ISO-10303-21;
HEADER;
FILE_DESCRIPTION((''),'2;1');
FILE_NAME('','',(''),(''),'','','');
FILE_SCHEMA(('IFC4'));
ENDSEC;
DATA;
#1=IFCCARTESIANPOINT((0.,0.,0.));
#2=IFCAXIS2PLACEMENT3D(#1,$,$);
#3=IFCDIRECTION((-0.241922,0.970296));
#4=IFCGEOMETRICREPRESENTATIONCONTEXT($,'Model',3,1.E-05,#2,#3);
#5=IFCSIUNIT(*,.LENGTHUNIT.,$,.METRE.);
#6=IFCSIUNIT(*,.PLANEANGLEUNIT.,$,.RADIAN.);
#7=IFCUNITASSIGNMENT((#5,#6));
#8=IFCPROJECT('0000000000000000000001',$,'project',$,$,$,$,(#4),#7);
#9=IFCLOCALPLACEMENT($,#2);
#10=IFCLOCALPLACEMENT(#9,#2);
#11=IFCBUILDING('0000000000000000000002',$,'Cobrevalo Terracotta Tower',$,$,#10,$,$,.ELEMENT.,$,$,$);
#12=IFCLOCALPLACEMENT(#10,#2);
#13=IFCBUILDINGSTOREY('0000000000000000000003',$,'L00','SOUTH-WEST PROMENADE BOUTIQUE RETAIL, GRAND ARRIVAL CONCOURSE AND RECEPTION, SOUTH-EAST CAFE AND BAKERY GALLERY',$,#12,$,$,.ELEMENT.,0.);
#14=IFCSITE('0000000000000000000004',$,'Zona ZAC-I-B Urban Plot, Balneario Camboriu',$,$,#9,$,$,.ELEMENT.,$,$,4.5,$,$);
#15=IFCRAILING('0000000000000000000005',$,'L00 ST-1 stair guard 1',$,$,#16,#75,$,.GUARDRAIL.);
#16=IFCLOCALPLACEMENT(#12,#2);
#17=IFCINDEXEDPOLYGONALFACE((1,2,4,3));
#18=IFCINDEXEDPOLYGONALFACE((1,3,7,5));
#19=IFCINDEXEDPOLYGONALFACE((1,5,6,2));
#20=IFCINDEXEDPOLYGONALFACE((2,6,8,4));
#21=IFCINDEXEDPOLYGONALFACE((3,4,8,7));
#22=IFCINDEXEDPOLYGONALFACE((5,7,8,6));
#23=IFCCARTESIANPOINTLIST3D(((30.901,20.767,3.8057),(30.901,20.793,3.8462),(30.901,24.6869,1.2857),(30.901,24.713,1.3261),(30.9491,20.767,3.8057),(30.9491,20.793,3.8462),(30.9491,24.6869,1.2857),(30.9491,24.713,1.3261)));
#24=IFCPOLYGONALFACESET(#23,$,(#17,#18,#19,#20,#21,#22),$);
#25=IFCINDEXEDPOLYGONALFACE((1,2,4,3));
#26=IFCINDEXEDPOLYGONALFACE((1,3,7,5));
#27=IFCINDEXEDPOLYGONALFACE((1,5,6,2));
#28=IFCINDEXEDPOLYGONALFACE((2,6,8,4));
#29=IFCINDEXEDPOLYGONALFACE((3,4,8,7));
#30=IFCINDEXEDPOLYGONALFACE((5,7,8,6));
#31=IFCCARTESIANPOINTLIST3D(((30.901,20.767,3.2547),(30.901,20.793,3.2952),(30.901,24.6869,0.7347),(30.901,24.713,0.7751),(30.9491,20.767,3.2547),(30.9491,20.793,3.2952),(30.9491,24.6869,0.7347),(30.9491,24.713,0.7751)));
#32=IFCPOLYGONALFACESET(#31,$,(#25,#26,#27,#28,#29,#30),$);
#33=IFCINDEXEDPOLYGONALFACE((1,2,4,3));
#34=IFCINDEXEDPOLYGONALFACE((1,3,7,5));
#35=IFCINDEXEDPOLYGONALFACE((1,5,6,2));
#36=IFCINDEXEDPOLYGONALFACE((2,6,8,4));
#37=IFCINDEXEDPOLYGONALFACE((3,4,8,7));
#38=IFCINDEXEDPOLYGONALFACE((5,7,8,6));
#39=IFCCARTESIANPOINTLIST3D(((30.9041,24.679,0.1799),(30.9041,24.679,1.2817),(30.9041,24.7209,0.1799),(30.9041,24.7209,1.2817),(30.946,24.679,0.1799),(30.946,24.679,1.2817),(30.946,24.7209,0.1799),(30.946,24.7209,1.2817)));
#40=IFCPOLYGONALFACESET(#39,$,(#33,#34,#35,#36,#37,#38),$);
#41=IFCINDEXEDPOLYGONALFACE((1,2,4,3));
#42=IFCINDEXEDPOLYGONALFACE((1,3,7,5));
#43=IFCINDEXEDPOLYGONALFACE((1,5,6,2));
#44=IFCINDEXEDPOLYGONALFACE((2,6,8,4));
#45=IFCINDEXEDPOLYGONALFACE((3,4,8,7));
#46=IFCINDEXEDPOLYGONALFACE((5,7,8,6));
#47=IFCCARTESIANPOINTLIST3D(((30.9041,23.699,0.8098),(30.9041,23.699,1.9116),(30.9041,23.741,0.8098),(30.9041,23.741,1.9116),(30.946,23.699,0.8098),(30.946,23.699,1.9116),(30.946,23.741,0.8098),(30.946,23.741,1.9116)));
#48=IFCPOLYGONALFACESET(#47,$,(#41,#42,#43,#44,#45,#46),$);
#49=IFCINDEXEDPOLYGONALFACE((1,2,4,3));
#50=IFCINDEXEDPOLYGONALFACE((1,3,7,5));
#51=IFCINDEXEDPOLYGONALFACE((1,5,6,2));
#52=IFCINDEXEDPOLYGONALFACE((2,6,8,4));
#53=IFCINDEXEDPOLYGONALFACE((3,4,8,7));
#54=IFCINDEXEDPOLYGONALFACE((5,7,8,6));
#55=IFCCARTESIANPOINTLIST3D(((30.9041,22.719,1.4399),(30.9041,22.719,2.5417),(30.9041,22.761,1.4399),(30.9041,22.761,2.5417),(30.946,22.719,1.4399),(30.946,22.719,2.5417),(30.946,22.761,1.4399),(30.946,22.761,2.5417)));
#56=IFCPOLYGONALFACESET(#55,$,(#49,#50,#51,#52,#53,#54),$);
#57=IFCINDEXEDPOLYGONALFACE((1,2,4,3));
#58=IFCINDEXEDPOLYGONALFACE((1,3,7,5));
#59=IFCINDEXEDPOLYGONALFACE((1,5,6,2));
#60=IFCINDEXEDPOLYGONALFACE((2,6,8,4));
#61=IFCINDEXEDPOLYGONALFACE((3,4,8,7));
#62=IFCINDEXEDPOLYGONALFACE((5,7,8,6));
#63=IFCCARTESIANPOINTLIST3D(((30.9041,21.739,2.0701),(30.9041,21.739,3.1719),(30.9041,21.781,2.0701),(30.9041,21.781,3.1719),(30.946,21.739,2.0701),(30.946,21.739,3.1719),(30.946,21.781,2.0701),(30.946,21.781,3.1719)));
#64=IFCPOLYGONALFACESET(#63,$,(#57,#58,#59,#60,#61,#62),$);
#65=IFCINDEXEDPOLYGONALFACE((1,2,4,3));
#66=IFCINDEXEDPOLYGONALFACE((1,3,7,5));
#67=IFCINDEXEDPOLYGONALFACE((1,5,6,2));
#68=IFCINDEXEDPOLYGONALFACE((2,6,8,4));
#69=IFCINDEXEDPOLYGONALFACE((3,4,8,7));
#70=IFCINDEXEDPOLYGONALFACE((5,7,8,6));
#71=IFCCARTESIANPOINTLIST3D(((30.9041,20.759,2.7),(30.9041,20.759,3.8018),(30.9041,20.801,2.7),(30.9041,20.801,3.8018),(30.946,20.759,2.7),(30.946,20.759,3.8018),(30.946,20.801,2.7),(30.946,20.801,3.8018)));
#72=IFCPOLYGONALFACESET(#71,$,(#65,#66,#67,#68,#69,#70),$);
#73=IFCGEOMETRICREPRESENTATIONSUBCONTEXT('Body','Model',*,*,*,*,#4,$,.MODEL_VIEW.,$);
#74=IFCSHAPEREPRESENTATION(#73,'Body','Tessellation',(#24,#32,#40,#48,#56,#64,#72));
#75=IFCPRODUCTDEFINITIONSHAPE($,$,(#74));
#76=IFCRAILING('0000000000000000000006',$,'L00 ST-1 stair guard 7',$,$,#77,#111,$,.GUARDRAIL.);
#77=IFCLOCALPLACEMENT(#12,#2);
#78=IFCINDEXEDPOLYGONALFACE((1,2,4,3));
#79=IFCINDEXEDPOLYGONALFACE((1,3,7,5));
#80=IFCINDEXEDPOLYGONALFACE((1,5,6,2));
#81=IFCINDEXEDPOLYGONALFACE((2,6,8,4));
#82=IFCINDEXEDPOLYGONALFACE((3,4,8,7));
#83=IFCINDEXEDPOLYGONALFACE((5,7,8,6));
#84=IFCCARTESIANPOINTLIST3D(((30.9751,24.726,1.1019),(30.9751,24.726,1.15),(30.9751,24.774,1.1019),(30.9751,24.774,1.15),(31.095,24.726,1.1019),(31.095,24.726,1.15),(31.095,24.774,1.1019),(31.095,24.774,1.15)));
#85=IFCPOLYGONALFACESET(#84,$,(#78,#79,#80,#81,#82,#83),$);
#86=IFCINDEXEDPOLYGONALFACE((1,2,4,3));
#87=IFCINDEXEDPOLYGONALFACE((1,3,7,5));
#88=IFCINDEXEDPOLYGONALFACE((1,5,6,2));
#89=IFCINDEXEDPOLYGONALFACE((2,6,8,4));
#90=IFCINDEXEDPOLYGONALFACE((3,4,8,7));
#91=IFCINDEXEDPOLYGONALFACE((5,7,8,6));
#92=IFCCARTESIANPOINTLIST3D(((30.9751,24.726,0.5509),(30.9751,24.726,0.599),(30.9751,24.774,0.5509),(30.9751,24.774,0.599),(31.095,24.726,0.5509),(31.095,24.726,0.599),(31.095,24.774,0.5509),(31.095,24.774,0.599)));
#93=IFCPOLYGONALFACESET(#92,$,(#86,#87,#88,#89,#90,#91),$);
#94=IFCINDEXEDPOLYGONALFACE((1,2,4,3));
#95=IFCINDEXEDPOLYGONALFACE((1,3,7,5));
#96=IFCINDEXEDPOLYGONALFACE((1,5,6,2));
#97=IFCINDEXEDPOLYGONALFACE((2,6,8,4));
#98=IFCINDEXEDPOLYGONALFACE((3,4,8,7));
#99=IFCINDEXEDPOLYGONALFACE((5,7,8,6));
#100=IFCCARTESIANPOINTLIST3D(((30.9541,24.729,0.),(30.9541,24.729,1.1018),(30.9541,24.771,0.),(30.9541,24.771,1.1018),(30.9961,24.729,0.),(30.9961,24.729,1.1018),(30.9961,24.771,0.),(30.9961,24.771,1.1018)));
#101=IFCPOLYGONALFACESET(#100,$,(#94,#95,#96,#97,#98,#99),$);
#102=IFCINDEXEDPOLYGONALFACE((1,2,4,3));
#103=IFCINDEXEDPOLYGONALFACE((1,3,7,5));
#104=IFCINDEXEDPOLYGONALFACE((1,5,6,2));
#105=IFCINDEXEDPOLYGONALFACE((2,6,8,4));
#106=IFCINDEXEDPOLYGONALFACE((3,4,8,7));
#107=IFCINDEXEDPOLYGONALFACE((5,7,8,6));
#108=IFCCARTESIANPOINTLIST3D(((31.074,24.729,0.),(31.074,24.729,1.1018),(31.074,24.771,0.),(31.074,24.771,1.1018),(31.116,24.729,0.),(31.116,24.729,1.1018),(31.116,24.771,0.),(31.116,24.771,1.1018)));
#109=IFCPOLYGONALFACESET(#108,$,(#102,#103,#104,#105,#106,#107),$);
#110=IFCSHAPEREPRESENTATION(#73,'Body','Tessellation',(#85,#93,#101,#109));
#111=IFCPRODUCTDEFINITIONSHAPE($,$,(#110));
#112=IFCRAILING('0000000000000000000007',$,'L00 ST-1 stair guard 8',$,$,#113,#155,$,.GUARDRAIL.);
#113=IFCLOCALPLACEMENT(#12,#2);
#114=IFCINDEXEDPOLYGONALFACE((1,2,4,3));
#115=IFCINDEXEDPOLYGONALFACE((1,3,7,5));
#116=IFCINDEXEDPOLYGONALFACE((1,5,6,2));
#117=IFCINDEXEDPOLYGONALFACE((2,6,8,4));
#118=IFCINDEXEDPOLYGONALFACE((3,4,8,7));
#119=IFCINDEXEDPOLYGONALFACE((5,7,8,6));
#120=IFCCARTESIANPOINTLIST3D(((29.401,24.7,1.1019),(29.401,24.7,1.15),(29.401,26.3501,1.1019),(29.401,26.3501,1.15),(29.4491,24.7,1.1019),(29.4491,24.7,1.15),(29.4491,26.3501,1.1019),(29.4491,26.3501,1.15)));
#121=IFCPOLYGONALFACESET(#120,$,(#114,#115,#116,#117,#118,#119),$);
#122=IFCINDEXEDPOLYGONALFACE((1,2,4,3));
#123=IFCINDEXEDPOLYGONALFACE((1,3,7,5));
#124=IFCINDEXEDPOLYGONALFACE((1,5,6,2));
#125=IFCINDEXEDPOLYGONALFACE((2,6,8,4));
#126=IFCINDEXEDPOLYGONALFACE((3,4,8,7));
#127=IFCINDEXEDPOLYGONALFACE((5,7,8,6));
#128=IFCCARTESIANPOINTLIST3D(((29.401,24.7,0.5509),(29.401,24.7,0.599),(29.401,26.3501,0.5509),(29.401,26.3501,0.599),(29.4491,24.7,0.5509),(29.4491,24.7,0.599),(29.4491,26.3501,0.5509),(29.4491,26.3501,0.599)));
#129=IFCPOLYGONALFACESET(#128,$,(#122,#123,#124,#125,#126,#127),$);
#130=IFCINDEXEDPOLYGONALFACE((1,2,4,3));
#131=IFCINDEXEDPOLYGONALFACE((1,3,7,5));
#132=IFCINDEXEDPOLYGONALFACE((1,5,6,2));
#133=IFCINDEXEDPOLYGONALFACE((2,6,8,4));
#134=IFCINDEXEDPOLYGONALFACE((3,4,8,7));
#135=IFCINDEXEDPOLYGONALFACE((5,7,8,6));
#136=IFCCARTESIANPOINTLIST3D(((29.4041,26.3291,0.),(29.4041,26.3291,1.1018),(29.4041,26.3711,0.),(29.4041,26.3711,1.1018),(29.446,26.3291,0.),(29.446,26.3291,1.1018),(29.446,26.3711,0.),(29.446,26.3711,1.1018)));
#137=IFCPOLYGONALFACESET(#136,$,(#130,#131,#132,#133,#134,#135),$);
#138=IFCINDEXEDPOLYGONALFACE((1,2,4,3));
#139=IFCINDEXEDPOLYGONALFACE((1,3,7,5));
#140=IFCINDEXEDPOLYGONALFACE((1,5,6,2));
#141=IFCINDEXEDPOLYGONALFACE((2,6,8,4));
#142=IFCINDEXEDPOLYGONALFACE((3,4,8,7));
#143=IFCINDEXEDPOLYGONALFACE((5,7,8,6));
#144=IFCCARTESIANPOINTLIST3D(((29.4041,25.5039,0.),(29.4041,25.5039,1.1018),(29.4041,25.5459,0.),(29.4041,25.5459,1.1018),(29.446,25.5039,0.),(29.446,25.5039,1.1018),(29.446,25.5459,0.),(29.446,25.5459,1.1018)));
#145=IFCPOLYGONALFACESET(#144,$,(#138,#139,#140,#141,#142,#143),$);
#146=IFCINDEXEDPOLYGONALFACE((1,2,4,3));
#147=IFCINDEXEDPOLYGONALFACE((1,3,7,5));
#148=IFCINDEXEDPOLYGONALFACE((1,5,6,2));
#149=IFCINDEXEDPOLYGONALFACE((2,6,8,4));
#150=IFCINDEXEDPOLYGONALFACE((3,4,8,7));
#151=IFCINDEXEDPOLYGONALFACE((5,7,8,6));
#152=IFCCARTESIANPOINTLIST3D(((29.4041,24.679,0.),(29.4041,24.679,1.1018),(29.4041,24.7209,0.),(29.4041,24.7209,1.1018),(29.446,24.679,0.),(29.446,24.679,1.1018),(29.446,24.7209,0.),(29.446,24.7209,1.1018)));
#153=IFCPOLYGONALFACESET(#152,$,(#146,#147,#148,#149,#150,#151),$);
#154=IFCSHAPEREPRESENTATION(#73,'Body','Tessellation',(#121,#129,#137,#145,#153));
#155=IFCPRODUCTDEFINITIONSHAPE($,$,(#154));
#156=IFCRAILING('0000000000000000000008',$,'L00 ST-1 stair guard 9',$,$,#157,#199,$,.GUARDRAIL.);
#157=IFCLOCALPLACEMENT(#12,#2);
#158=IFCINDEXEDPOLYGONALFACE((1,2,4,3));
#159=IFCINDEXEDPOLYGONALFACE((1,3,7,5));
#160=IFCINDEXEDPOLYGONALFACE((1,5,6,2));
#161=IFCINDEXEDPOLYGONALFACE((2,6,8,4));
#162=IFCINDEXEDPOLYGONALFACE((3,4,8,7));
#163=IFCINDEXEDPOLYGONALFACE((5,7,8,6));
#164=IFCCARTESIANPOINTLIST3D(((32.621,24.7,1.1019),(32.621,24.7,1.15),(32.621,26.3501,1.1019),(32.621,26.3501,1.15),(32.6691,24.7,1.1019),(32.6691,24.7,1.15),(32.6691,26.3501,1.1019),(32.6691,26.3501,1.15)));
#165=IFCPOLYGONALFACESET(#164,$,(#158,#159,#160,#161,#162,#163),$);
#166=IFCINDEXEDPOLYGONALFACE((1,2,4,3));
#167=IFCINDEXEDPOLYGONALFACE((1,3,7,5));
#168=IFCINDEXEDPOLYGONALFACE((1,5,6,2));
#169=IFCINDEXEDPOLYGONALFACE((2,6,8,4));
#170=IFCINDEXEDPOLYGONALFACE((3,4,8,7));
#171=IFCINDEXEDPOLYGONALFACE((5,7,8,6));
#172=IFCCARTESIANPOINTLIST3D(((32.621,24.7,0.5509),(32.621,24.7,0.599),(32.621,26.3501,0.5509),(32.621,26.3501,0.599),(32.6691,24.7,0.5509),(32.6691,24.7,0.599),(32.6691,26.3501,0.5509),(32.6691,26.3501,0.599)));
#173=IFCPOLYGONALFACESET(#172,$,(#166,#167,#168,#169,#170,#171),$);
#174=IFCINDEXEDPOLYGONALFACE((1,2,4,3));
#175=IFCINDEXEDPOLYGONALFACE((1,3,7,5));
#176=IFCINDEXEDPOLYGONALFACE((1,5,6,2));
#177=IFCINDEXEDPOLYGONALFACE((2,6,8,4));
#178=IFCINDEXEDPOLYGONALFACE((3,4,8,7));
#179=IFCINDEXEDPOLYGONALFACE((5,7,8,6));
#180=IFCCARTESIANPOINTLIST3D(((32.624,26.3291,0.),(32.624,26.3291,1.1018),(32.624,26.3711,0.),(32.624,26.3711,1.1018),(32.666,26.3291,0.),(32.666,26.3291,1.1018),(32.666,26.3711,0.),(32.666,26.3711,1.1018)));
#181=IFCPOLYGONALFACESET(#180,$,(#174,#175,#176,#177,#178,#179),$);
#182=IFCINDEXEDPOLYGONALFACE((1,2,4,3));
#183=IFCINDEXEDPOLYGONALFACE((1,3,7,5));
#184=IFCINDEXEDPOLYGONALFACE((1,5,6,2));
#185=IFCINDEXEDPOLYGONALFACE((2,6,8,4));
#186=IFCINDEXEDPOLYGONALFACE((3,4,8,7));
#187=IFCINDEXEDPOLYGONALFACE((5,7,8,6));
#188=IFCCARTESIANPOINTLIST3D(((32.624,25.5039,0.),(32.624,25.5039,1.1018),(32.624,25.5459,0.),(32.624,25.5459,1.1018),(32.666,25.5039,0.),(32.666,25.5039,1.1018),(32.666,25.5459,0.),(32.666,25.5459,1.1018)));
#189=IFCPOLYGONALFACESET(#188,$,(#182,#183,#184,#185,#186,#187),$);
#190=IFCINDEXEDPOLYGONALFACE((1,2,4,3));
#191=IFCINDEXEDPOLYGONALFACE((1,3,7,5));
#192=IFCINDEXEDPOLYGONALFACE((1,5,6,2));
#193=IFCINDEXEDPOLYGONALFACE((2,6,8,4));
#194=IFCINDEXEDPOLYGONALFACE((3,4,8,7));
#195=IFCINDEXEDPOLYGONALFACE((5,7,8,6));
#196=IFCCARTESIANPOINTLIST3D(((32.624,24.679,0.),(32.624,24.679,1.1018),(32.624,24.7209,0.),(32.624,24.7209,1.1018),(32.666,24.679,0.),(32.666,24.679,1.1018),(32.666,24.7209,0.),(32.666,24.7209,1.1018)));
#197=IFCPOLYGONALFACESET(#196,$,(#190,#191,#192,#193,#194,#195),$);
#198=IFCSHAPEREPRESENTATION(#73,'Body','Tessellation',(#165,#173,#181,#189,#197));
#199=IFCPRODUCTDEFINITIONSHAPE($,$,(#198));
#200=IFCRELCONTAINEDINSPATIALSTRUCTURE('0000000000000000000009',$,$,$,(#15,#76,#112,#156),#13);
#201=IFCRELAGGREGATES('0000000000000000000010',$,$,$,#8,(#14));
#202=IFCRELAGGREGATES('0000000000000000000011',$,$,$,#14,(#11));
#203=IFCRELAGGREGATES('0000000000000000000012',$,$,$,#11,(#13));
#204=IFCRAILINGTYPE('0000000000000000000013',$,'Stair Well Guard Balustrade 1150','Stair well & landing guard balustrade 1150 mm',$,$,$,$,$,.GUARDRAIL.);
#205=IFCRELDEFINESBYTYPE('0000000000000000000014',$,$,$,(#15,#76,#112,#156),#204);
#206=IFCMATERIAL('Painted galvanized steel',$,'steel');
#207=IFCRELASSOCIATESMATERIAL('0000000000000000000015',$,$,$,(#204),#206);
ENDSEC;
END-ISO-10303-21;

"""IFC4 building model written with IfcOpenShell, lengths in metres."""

from ifc_helpers import new_model, si_unit, direction, frame, origin, origin_2d, place, context, subcontext, project, spatial, rectangle, extrude, material, type_object, element, save


model = new_model("IFC4")

# Units and contexts
model_context = context("Model", 3, precision=1e-05, world=origin(), true_north=direction((-0.241922, 0.970296)))
body_context = subcontext(model_context, "Body", "Model", "MODEL_VIEW")
ifc_project = project(units=[si_unit("LENGTHUNIT", "METRE"), si_unit("PLANEANGLEUNIT", "RADIAN")], contexts=[model_context])

# Site, building, storey
site_placement = place(None, origin())
site = spatial("IfcSite", under=ifc_project, at=site_placement, Name="Zona ZAC-I-B Urban Plot, Balneario Camboriu", CompositionType="ELEMENT", RefElevation=4.5)
building_placement = place(site_placement, origin())
building = spatial("IfcBuilding", under=site, at=building_placement, Name="Cobrevalo Terracotta Tower", CompositionType="ELEMENT")
storey_placement = place(building_placement, origin())
storey = spatial("IfcBuildingStorey", under=building, at=storey_placement, Name="L00", Description="SOUTH-WEST PROMENADE BOUTIQUE RETAIL, GRAND ARRIVAL CONCOURSE AND RECEPTION, SOUTH-EAST CAFE AND BAKERY GALLERY", CompositionType="ELEMENT", Elevation=0.0)

# Railings
ifc_material_1 = material(Name="Painted galvanized steel", Category="steel")
railing_type = type_object("IfcRailingType", Name="Stair Well Guard Balustrade 1150", Description="Stair well & landing guard balustrade 1150 mm", PredefinedType="GUARDRAIL", material=ifc_material_1)
railing_1_placement = place(storey_placement, frame((30.925, 24.7, 0.1799)))
element("IfcRailing", 1, at=railing_1_placement, inside=storey, type_object=railing_type, Name="L00 ST-1 stair guard 1", PredefinedType="GUARDRAIL", context=body_context, shape_type="SweptSolid", body=[
    extrude(rectangle(XDim=0.0481, YDim=0.0481, at=origin_2d()), frame((0.0, 0.0, 1.126), z_axis=(0.0, -0.841172, 0.540768), x_axis=(1.0, 0.0, 0.0)), (0.0, 0.0, 1.0), 4.6602),
    extrude(rectangle(XDim=0.0481, YDim=0.0481, at=origin_2d()), frame((0.0, 0.0, 0.575), z_axis=(0.0, -0.841172, 0.540768), x_axis=(1.0, 0.0, 0.0)), (0.0, 0.0, 1.0), 4.6602),
    extrude(rectangle(XDim=0.042, YDim=0.042, at=origin_2d()), origin(), (0.0, 0.0, 1.0), 1.1018),
    extrude(rectangle(XDim=0.042, YDim=0.042, at=origin_2d()), frame((0.0, -0.98, 0.6299)), (0.0, 0.0, 1.0), 1.1018),
    extrude(rectangle(XDim=0.042, YDim=0.042, at=origin_2d()), frame((0.0, -1.96, 1.26)), (0.0, 0.0, 1.0), 1.1018),
    extrude(rectangle(XDim=0.042, YDim=0.042, at=origin_2d()), frame((0.0, -2.9399, 1.8901)), (0.0, 0.0, 1.0), 1.1018),
    extrude(rectangle(XDim=0.042, YDim=0.042, at=origin_2d()), frame((0.0, -3.9199, 2.52)), (0.0, 0.0, 1.0), 1.1018),
])
railing_2_placement = place(storey_placement, frame((30.9751, 24.75, 0.0)))
element("IfcRailing", 2, at=railing_2_placement, inside=storey, type_object=railing_type, Name="L00 ST-1 stair guard 7", PredefinedType="GUARDRAIL", context=body_context, shape_type="SweptSolid", body=[
    extrude(rectangle(XDim=0.0481, YDim=0.0481, at=origin_2d()), frame((0.0, 0.0, 1.126), z_axis=(1.0, 0.0, 0.0), x_axis=(0.0, 1.0, 0.0)), (0.0, 0.0, 1.0), 0.1199),
    extrude(rectangle(XDim=0.0481, YDim=0.0481, at=origin_2d()), frame((0.0, 0.0, 0.575), z_axis=(1.0, 0.0, 0.0), x_axis=(0.0, 1.0, 0.0)), (0.0, 0.0, 1.0), 0.1199),
    extrude(rectangle(XDim=0.042, YDim=0.042, at=origin_2d()), origin(), (0.0, 0.0, 1.0), 1.1018),
    extrude(rectangle(XDim=0.042, YDim=0.042, at=origin_2d()), frame((0.1199, 0.0, 0.0)), (0.0, 0.0, 1.0), 1.1018),
])
for number, where, name in (
    (3, (29.425, 26.3501, 0.0), "L00 ST-1 stair guard 8"),
    (4, (32.645, 26.3501, 0.0), "L00 ST-1 stair guard 9"),
):
    element("IfcRailing", number, at=place(storey_placement, frame(where)), inside=storey, type_object=railing_type, Name=name, PredefinedType="GUARDRAIL", context=body_context, shape_type="SweptSolid", body=[
        extrude(rectangle(XDim=0.0481, YDim=0.0481, at=origin_2d()), frame((0.0, 0.0, 1.126), z_axis=(0.0, -1.0, 0.0), x_axis=(1.0, 0.0, 0.0)), (0.0, 0.0, 1.0), 1.6501),
        extrude(rectangle(XDim=0.0481, YDim=0.0481, at=origin_2d()), frame((0.0, 0.0, 0.575), z_axis=(0.0, -1.0, 0.0), x_axis=(1.0, 0.0, 0.0)), (0.0, 0.0, 1.0), 1.6501),
        extrude(rectangle(XDim=0.042, YDim=0.042, at=origin_2d()), origin(), (0.0, 0.0, 1.0), 1.1018),
        extrude(rectangle(XDim=0.042, YDim=0.042, at=origin_2d()), frame((0.0, -0.8252, 0.0)), (0.0, 0.0, 1.0), 1.1018),
        extrude(rectangle(XDim=0.042, YDim=0.042, at=origin_2d()), frame((0.0, -1.6501, 0.0)), (0.0, 0.0, 1.0), 1.1018),
    ])

save(model, "model.ifc")
